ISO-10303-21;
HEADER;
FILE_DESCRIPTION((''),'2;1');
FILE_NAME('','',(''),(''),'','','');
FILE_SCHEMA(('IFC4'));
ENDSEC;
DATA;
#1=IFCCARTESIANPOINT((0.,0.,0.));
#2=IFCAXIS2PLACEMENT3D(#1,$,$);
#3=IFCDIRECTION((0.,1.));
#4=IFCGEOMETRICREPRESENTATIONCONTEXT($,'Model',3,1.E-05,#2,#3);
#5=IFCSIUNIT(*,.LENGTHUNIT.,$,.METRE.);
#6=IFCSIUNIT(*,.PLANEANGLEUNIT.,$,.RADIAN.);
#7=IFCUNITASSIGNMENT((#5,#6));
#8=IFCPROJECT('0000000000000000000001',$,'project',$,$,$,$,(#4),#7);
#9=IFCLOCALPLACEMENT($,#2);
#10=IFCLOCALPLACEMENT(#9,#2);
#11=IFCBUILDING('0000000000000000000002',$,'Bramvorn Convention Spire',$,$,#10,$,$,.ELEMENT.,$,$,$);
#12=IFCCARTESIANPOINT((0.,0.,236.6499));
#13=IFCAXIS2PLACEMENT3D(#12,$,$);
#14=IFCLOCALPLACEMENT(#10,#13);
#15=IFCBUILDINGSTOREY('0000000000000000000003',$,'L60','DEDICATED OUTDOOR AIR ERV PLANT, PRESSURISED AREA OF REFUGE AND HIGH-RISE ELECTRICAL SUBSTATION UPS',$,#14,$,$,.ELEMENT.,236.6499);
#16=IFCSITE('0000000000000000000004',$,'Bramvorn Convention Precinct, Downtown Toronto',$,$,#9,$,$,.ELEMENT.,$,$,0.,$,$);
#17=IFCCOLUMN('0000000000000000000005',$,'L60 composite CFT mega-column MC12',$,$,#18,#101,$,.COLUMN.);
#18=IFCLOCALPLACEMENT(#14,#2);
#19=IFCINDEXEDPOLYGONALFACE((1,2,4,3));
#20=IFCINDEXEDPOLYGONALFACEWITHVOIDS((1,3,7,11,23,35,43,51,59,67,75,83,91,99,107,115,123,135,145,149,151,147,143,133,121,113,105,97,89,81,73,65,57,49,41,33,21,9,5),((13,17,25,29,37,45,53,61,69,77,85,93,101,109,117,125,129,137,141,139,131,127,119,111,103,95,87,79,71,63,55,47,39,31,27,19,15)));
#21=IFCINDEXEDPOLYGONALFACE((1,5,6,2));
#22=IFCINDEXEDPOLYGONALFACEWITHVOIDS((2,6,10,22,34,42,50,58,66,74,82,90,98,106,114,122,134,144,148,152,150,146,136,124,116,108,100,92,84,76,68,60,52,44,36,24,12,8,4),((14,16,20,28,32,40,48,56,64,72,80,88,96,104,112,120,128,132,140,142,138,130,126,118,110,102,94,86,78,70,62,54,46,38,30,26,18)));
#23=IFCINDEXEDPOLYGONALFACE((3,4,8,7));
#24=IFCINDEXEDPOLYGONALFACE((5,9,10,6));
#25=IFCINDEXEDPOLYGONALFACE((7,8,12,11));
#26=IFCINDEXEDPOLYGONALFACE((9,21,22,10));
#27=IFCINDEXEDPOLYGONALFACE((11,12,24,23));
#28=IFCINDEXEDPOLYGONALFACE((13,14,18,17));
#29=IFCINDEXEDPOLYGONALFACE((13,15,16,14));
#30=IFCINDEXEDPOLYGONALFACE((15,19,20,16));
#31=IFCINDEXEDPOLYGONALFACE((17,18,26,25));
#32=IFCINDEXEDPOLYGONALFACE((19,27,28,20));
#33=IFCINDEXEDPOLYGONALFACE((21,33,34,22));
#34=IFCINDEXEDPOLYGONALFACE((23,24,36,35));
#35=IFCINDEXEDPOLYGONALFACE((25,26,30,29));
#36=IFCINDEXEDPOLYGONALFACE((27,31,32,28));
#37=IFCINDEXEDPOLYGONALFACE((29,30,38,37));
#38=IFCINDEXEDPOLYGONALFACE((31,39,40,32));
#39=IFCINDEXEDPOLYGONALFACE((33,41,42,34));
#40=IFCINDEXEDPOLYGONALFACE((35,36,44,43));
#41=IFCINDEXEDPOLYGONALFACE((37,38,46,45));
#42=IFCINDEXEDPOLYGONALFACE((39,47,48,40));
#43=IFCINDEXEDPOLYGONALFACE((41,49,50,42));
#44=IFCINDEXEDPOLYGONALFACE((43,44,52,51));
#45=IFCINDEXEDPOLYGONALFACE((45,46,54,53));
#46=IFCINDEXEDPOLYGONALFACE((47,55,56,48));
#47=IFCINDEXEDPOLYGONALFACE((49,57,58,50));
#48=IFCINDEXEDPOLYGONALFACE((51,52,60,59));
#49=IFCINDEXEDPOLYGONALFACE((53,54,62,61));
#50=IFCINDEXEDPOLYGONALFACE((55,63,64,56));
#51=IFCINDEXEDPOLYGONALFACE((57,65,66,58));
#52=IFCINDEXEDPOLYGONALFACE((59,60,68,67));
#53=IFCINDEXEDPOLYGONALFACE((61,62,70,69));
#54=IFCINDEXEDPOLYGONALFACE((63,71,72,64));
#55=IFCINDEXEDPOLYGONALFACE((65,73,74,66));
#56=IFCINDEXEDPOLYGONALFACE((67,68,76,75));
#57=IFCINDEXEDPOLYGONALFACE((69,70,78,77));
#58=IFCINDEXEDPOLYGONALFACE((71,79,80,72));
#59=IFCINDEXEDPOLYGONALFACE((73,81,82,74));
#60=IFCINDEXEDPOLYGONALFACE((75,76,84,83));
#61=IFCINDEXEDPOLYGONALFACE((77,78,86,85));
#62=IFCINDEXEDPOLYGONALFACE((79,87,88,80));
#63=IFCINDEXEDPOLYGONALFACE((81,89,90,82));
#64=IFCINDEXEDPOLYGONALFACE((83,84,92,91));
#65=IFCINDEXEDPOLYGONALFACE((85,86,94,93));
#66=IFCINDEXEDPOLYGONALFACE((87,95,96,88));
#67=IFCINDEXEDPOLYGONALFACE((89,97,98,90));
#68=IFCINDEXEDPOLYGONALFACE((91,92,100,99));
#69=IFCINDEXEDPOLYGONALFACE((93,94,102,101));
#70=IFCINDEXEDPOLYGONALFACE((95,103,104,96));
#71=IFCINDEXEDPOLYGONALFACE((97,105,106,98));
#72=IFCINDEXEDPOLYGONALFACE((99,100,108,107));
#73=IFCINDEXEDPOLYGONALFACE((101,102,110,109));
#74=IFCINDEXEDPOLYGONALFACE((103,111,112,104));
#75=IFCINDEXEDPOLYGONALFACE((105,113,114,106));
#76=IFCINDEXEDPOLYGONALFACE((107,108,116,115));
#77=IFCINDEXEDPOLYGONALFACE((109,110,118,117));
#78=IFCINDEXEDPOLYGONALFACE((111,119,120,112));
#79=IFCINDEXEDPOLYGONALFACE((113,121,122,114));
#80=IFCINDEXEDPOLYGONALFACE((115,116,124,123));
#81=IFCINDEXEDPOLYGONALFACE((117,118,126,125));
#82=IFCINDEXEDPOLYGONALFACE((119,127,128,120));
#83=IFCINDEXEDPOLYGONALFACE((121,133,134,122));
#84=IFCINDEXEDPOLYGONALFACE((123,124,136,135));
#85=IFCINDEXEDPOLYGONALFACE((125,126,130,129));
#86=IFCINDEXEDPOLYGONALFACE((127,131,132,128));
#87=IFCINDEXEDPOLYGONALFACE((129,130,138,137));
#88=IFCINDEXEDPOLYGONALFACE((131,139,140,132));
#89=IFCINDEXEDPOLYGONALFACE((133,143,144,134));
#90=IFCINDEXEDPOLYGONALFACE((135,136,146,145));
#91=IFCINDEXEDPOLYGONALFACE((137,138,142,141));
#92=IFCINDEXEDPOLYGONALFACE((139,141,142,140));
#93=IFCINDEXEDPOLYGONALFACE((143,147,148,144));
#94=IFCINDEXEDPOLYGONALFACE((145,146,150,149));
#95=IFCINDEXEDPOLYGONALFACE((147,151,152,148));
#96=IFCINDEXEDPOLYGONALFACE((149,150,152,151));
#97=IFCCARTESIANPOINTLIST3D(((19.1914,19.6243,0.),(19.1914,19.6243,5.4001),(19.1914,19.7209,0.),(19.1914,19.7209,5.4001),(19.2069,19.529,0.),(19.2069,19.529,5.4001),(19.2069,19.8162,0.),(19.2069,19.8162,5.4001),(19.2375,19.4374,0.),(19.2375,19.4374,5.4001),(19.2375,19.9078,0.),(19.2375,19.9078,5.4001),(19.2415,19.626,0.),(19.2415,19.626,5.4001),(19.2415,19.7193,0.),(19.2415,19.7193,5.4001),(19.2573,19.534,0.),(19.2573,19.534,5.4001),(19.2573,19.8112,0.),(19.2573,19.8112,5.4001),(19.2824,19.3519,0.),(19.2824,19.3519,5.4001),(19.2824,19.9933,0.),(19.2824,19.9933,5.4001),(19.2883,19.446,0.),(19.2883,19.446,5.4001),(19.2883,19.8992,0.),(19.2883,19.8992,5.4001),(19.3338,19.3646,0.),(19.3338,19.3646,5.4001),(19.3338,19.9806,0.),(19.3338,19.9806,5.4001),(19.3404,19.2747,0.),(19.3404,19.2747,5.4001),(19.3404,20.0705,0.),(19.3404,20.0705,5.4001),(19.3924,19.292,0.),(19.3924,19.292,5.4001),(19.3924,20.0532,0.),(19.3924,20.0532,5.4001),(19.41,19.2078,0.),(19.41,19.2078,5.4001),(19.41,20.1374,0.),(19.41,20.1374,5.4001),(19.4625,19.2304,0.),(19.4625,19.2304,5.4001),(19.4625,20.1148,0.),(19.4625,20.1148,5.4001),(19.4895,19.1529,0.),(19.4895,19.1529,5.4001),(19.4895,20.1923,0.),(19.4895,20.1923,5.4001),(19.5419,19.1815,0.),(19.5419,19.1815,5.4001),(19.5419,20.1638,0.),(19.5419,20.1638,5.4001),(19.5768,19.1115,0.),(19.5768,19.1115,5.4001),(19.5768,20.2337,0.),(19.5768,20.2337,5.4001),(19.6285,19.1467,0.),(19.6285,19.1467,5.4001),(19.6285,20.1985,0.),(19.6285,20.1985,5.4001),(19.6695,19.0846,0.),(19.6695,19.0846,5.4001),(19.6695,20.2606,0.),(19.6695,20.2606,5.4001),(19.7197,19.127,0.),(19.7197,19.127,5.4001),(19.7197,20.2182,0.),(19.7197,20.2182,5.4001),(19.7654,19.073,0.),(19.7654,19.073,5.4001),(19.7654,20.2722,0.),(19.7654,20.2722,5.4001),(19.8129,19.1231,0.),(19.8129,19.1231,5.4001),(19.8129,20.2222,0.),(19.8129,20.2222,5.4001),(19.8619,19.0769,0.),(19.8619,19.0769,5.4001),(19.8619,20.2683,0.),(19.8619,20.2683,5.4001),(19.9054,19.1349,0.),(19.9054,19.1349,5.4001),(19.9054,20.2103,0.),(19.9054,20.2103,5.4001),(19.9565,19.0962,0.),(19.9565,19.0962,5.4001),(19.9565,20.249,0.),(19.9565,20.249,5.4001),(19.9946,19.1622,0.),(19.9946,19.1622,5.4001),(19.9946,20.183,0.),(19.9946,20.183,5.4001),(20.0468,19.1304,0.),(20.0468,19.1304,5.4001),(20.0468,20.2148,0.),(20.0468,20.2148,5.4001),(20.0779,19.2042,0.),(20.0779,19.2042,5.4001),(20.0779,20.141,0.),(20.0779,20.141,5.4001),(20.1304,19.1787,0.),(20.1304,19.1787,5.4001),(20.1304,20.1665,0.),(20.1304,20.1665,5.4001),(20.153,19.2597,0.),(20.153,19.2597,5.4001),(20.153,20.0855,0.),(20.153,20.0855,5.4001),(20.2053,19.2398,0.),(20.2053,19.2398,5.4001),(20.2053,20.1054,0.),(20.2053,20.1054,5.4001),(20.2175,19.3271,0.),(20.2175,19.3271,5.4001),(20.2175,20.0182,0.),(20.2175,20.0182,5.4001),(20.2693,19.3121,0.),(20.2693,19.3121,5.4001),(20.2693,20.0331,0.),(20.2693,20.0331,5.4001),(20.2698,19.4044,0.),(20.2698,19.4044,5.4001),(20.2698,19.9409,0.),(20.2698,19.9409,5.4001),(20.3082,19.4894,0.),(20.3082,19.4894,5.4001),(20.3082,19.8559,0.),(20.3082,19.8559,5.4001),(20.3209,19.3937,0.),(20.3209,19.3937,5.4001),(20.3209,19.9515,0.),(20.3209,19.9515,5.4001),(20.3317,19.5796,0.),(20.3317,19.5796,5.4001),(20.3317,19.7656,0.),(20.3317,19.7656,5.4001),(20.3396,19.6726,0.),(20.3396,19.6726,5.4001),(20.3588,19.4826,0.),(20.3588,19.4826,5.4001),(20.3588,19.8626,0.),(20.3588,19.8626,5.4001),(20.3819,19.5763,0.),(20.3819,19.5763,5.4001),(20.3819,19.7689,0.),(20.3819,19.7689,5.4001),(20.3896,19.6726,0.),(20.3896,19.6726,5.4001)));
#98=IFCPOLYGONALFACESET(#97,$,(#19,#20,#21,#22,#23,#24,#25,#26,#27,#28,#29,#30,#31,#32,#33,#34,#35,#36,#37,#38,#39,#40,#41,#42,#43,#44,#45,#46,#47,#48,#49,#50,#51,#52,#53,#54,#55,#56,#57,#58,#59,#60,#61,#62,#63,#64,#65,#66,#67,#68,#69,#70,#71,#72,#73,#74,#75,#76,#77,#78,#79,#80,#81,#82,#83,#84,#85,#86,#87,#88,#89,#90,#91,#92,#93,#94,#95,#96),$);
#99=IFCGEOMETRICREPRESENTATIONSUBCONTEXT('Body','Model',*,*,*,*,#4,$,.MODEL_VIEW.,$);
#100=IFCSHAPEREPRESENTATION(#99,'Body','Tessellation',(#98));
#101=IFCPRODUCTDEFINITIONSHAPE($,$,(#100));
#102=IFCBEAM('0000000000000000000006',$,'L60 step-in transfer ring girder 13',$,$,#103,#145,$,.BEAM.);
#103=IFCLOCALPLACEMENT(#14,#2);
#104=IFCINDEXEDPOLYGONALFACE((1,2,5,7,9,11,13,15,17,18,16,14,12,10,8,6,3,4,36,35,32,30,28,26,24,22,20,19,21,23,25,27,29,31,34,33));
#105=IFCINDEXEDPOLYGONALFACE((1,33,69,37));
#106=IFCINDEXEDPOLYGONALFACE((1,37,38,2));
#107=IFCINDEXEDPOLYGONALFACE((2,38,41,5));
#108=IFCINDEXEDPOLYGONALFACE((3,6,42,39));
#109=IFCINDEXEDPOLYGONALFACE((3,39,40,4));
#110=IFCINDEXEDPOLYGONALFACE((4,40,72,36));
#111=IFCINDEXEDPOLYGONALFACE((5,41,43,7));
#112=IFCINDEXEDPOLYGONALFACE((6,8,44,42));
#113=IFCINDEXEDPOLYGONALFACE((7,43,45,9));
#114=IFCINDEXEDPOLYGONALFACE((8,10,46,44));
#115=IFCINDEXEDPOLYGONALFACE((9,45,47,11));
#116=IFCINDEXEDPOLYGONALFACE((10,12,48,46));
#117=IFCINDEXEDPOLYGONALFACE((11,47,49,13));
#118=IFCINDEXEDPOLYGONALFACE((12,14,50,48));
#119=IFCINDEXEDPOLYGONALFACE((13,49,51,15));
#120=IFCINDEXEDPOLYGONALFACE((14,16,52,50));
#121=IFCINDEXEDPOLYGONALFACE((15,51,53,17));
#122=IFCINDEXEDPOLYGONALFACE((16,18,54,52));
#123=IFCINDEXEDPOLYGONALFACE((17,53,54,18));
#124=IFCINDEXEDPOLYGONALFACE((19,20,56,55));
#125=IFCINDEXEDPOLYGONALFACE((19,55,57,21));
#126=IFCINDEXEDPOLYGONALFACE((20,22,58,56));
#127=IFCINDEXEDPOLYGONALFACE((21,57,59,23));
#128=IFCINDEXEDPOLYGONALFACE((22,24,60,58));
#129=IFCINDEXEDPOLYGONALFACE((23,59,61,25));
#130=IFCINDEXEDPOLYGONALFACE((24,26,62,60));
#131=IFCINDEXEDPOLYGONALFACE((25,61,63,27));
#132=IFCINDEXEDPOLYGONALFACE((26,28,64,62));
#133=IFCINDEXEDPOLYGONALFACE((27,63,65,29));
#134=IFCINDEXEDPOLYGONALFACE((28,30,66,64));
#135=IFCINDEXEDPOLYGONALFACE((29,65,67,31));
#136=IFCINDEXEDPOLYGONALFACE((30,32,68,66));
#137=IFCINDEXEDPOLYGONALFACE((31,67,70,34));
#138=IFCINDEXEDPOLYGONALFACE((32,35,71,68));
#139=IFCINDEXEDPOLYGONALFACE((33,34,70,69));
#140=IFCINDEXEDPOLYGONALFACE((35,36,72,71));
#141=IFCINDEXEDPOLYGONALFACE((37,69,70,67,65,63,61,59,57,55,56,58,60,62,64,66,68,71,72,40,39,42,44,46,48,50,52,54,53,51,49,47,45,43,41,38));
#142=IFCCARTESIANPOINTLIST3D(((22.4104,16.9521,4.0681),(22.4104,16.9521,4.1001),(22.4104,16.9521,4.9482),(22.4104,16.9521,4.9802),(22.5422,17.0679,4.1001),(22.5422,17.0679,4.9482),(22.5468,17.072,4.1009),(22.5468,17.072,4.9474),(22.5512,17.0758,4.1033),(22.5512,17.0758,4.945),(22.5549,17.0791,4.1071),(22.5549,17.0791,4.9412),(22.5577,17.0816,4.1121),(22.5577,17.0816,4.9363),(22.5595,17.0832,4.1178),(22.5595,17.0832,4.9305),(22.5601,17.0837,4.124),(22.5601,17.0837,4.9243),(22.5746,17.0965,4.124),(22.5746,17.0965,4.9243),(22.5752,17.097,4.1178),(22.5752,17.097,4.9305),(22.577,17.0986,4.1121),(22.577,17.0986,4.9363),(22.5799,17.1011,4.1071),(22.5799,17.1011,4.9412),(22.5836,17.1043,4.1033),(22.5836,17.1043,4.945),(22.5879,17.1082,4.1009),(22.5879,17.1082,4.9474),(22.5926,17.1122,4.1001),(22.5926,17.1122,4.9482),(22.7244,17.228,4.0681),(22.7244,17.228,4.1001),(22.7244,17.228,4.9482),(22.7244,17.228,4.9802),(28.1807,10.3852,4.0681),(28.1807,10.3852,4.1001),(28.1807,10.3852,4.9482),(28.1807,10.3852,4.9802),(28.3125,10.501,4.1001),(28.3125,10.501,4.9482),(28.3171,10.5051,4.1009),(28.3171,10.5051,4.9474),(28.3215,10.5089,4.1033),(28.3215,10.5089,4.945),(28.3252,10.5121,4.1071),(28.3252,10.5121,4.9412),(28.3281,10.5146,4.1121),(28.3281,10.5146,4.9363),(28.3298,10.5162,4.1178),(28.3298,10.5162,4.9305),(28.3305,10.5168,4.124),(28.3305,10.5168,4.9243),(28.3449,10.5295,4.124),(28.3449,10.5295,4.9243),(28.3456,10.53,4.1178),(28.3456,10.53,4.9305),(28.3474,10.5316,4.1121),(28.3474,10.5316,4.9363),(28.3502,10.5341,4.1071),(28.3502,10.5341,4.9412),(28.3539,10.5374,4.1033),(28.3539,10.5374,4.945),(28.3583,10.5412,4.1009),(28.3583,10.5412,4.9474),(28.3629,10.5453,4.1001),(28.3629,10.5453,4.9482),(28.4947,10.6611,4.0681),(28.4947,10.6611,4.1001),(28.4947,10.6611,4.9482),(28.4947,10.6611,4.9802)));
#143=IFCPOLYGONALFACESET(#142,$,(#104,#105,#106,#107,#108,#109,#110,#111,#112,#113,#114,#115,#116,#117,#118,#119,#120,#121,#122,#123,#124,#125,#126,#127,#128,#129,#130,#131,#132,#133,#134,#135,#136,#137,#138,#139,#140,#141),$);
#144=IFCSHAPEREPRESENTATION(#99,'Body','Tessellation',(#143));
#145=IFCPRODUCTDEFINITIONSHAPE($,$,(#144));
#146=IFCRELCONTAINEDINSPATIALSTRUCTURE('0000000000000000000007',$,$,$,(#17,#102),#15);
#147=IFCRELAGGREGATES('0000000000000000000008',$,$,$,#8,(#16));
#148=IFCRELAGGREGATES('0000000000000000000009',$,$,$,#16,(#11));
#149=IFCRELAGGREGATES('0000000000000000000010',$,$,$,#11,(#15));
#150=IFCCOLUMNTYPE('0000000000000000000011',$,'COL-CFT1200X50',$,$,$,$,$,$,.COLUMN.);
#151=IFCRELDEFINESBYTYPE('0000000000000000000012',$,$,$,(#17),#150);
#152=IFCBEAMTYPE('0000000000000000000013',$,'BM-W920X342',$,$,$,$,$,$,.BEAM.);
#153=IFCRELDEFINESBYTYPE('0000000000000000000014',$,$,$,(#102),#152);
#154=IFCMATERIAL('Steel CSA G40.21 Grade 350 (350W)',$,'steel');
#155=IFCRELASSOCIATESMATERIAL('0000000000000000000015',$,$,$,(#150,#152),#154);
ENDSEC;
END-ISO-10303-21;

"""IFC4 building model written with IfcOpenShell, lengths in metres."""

from ifc_helpers import new_model, si_unit, direction, frame, origin, origin_2d, place, context, subcontext, project, spatial, hollow_circle, i_section, extrude, material, material_profile, profile_set, type_object, element, save


model = new_model("IFC4")

# Units and contexts
model_context = context("Model", 3, precision=1e-05, world=origin(), true_north=direction((0.0, 1.0)))
body_context = subcontext(model_context, "Body", "Model", "MODEL_VIEW")
ifc_project = project(units=[si_unit("LENGTHUNIT", "METRE"), si_unit("PLANEANGLEUNIT", "RADIAN")], contexts=[model_context])

# Site, building, storey
site_placement = place(None, origin())
site = spatial("IfcSite", under=ifc_project, at=site_placement, Name="Bramvorn Convention Precinct, Downtown Toronto", CompositionType="ELEMENT", RefElevation=0.0)
building_placement = place(site_placement, origin())
building = spatial("IfcBuilding", under=site, at=building_placement, Name="Bramvorn Convention Spire", CompositionType="ELEMENT")
storey_placement = place(building_placement, frame((0.0, 0.0, 236.6499)))
storey = spatial("IfcBuildingStorey", under=building, at=storey_placement, Name="L60", Description="DEDICATED OUTDOOR AIR ERV PLANT, PRESSURISED AREA OF REFUGE AND HIGH-RISE ELECTRICAL SUBSTATION UPS", CompositionType="ELEMENT", Elevation=236.6499)

# Column
ifc_material_1 = material(Name="Steel CSA G40.21 Grade 350 (350W)", Category="steel")
ifc_material_profile_1 = material_profile(ifc_material_1, hollow_circle(Radius=0.6001, WallThickness=0.05, at=origin_2d()))
ifc_profile_set_1 = profile_set([ifc_material_profile_1], Name="Steel CSA G40.21 Grade 350 (350W) - CFT1200X50")
column_type = type_object("IfcColumnType", Name="COL-CFT1200X50", PredefinedType="COLUMN", material=ifc_profile_set_1)
column_placement = place(storey_placement, frame((19.7896, 19.6726, 0.0), z_axis=(0.0, 0.0, 1.0), x_axis=(1.0, 0.0, 0.0)))
element("IfcColumn", 1, at=column_placement, inside=storey, type_object=column_type, Name="L60 composite CFT mega-column MC12", PredefinedType="COLUMN", context=body_context, shape_type="SweptSolid", body=[
    extrude(hollow_circle(Radius=0.6001, WallThickness=0.05, at=origin_2d()), origin(), (0.0, 0.0, 1.0), 5.4001),
])

# Beam
ifc_material_profile_2 = material_profile(ifc_material_1, i_section(OverallWidth=0.418, OverallDepth=0.9121, WebThickness=0.0193, FlangeThickness=0.032, FilletRadius=0.0239, at=origin_2d()))
ifc_profile_set_2 = profile_set([ifc_material_profile_2], Name="Steel CSA G40.21 Grade 350 (350W) - W920X342")
beam_type = type_object("IfcBeamType", Name="BM-W920X342", PredefinedType="BEAM", material=ifc_profile_set_2)
beam_placement = place(storey_placement, frame((22.5674, 17.0901, 4.5242), z_axis=(0.660073, -0.751201, 0.0), x_axis=(0.751201, 0.660073, 0.0)))
element("IfcBeam", 2, at=beam_placement, inside=storey, type_object=beam_type, Name="L60 step-in transfer ring girder 13", PredefinedType="BEAM", context=body_context, shape_type="SweptSolid", body=[
    extrude(i_section(OverallWidth=0.418, OverallDepth=0.9121, WebThickness=0.0193, FlangeThickness=0.032, FilletRadius=0.0239, at=origin_2d()), origin(), (0.0, 0.0, 1.0), 8.7419),
])

save(model, "model.ifc")
